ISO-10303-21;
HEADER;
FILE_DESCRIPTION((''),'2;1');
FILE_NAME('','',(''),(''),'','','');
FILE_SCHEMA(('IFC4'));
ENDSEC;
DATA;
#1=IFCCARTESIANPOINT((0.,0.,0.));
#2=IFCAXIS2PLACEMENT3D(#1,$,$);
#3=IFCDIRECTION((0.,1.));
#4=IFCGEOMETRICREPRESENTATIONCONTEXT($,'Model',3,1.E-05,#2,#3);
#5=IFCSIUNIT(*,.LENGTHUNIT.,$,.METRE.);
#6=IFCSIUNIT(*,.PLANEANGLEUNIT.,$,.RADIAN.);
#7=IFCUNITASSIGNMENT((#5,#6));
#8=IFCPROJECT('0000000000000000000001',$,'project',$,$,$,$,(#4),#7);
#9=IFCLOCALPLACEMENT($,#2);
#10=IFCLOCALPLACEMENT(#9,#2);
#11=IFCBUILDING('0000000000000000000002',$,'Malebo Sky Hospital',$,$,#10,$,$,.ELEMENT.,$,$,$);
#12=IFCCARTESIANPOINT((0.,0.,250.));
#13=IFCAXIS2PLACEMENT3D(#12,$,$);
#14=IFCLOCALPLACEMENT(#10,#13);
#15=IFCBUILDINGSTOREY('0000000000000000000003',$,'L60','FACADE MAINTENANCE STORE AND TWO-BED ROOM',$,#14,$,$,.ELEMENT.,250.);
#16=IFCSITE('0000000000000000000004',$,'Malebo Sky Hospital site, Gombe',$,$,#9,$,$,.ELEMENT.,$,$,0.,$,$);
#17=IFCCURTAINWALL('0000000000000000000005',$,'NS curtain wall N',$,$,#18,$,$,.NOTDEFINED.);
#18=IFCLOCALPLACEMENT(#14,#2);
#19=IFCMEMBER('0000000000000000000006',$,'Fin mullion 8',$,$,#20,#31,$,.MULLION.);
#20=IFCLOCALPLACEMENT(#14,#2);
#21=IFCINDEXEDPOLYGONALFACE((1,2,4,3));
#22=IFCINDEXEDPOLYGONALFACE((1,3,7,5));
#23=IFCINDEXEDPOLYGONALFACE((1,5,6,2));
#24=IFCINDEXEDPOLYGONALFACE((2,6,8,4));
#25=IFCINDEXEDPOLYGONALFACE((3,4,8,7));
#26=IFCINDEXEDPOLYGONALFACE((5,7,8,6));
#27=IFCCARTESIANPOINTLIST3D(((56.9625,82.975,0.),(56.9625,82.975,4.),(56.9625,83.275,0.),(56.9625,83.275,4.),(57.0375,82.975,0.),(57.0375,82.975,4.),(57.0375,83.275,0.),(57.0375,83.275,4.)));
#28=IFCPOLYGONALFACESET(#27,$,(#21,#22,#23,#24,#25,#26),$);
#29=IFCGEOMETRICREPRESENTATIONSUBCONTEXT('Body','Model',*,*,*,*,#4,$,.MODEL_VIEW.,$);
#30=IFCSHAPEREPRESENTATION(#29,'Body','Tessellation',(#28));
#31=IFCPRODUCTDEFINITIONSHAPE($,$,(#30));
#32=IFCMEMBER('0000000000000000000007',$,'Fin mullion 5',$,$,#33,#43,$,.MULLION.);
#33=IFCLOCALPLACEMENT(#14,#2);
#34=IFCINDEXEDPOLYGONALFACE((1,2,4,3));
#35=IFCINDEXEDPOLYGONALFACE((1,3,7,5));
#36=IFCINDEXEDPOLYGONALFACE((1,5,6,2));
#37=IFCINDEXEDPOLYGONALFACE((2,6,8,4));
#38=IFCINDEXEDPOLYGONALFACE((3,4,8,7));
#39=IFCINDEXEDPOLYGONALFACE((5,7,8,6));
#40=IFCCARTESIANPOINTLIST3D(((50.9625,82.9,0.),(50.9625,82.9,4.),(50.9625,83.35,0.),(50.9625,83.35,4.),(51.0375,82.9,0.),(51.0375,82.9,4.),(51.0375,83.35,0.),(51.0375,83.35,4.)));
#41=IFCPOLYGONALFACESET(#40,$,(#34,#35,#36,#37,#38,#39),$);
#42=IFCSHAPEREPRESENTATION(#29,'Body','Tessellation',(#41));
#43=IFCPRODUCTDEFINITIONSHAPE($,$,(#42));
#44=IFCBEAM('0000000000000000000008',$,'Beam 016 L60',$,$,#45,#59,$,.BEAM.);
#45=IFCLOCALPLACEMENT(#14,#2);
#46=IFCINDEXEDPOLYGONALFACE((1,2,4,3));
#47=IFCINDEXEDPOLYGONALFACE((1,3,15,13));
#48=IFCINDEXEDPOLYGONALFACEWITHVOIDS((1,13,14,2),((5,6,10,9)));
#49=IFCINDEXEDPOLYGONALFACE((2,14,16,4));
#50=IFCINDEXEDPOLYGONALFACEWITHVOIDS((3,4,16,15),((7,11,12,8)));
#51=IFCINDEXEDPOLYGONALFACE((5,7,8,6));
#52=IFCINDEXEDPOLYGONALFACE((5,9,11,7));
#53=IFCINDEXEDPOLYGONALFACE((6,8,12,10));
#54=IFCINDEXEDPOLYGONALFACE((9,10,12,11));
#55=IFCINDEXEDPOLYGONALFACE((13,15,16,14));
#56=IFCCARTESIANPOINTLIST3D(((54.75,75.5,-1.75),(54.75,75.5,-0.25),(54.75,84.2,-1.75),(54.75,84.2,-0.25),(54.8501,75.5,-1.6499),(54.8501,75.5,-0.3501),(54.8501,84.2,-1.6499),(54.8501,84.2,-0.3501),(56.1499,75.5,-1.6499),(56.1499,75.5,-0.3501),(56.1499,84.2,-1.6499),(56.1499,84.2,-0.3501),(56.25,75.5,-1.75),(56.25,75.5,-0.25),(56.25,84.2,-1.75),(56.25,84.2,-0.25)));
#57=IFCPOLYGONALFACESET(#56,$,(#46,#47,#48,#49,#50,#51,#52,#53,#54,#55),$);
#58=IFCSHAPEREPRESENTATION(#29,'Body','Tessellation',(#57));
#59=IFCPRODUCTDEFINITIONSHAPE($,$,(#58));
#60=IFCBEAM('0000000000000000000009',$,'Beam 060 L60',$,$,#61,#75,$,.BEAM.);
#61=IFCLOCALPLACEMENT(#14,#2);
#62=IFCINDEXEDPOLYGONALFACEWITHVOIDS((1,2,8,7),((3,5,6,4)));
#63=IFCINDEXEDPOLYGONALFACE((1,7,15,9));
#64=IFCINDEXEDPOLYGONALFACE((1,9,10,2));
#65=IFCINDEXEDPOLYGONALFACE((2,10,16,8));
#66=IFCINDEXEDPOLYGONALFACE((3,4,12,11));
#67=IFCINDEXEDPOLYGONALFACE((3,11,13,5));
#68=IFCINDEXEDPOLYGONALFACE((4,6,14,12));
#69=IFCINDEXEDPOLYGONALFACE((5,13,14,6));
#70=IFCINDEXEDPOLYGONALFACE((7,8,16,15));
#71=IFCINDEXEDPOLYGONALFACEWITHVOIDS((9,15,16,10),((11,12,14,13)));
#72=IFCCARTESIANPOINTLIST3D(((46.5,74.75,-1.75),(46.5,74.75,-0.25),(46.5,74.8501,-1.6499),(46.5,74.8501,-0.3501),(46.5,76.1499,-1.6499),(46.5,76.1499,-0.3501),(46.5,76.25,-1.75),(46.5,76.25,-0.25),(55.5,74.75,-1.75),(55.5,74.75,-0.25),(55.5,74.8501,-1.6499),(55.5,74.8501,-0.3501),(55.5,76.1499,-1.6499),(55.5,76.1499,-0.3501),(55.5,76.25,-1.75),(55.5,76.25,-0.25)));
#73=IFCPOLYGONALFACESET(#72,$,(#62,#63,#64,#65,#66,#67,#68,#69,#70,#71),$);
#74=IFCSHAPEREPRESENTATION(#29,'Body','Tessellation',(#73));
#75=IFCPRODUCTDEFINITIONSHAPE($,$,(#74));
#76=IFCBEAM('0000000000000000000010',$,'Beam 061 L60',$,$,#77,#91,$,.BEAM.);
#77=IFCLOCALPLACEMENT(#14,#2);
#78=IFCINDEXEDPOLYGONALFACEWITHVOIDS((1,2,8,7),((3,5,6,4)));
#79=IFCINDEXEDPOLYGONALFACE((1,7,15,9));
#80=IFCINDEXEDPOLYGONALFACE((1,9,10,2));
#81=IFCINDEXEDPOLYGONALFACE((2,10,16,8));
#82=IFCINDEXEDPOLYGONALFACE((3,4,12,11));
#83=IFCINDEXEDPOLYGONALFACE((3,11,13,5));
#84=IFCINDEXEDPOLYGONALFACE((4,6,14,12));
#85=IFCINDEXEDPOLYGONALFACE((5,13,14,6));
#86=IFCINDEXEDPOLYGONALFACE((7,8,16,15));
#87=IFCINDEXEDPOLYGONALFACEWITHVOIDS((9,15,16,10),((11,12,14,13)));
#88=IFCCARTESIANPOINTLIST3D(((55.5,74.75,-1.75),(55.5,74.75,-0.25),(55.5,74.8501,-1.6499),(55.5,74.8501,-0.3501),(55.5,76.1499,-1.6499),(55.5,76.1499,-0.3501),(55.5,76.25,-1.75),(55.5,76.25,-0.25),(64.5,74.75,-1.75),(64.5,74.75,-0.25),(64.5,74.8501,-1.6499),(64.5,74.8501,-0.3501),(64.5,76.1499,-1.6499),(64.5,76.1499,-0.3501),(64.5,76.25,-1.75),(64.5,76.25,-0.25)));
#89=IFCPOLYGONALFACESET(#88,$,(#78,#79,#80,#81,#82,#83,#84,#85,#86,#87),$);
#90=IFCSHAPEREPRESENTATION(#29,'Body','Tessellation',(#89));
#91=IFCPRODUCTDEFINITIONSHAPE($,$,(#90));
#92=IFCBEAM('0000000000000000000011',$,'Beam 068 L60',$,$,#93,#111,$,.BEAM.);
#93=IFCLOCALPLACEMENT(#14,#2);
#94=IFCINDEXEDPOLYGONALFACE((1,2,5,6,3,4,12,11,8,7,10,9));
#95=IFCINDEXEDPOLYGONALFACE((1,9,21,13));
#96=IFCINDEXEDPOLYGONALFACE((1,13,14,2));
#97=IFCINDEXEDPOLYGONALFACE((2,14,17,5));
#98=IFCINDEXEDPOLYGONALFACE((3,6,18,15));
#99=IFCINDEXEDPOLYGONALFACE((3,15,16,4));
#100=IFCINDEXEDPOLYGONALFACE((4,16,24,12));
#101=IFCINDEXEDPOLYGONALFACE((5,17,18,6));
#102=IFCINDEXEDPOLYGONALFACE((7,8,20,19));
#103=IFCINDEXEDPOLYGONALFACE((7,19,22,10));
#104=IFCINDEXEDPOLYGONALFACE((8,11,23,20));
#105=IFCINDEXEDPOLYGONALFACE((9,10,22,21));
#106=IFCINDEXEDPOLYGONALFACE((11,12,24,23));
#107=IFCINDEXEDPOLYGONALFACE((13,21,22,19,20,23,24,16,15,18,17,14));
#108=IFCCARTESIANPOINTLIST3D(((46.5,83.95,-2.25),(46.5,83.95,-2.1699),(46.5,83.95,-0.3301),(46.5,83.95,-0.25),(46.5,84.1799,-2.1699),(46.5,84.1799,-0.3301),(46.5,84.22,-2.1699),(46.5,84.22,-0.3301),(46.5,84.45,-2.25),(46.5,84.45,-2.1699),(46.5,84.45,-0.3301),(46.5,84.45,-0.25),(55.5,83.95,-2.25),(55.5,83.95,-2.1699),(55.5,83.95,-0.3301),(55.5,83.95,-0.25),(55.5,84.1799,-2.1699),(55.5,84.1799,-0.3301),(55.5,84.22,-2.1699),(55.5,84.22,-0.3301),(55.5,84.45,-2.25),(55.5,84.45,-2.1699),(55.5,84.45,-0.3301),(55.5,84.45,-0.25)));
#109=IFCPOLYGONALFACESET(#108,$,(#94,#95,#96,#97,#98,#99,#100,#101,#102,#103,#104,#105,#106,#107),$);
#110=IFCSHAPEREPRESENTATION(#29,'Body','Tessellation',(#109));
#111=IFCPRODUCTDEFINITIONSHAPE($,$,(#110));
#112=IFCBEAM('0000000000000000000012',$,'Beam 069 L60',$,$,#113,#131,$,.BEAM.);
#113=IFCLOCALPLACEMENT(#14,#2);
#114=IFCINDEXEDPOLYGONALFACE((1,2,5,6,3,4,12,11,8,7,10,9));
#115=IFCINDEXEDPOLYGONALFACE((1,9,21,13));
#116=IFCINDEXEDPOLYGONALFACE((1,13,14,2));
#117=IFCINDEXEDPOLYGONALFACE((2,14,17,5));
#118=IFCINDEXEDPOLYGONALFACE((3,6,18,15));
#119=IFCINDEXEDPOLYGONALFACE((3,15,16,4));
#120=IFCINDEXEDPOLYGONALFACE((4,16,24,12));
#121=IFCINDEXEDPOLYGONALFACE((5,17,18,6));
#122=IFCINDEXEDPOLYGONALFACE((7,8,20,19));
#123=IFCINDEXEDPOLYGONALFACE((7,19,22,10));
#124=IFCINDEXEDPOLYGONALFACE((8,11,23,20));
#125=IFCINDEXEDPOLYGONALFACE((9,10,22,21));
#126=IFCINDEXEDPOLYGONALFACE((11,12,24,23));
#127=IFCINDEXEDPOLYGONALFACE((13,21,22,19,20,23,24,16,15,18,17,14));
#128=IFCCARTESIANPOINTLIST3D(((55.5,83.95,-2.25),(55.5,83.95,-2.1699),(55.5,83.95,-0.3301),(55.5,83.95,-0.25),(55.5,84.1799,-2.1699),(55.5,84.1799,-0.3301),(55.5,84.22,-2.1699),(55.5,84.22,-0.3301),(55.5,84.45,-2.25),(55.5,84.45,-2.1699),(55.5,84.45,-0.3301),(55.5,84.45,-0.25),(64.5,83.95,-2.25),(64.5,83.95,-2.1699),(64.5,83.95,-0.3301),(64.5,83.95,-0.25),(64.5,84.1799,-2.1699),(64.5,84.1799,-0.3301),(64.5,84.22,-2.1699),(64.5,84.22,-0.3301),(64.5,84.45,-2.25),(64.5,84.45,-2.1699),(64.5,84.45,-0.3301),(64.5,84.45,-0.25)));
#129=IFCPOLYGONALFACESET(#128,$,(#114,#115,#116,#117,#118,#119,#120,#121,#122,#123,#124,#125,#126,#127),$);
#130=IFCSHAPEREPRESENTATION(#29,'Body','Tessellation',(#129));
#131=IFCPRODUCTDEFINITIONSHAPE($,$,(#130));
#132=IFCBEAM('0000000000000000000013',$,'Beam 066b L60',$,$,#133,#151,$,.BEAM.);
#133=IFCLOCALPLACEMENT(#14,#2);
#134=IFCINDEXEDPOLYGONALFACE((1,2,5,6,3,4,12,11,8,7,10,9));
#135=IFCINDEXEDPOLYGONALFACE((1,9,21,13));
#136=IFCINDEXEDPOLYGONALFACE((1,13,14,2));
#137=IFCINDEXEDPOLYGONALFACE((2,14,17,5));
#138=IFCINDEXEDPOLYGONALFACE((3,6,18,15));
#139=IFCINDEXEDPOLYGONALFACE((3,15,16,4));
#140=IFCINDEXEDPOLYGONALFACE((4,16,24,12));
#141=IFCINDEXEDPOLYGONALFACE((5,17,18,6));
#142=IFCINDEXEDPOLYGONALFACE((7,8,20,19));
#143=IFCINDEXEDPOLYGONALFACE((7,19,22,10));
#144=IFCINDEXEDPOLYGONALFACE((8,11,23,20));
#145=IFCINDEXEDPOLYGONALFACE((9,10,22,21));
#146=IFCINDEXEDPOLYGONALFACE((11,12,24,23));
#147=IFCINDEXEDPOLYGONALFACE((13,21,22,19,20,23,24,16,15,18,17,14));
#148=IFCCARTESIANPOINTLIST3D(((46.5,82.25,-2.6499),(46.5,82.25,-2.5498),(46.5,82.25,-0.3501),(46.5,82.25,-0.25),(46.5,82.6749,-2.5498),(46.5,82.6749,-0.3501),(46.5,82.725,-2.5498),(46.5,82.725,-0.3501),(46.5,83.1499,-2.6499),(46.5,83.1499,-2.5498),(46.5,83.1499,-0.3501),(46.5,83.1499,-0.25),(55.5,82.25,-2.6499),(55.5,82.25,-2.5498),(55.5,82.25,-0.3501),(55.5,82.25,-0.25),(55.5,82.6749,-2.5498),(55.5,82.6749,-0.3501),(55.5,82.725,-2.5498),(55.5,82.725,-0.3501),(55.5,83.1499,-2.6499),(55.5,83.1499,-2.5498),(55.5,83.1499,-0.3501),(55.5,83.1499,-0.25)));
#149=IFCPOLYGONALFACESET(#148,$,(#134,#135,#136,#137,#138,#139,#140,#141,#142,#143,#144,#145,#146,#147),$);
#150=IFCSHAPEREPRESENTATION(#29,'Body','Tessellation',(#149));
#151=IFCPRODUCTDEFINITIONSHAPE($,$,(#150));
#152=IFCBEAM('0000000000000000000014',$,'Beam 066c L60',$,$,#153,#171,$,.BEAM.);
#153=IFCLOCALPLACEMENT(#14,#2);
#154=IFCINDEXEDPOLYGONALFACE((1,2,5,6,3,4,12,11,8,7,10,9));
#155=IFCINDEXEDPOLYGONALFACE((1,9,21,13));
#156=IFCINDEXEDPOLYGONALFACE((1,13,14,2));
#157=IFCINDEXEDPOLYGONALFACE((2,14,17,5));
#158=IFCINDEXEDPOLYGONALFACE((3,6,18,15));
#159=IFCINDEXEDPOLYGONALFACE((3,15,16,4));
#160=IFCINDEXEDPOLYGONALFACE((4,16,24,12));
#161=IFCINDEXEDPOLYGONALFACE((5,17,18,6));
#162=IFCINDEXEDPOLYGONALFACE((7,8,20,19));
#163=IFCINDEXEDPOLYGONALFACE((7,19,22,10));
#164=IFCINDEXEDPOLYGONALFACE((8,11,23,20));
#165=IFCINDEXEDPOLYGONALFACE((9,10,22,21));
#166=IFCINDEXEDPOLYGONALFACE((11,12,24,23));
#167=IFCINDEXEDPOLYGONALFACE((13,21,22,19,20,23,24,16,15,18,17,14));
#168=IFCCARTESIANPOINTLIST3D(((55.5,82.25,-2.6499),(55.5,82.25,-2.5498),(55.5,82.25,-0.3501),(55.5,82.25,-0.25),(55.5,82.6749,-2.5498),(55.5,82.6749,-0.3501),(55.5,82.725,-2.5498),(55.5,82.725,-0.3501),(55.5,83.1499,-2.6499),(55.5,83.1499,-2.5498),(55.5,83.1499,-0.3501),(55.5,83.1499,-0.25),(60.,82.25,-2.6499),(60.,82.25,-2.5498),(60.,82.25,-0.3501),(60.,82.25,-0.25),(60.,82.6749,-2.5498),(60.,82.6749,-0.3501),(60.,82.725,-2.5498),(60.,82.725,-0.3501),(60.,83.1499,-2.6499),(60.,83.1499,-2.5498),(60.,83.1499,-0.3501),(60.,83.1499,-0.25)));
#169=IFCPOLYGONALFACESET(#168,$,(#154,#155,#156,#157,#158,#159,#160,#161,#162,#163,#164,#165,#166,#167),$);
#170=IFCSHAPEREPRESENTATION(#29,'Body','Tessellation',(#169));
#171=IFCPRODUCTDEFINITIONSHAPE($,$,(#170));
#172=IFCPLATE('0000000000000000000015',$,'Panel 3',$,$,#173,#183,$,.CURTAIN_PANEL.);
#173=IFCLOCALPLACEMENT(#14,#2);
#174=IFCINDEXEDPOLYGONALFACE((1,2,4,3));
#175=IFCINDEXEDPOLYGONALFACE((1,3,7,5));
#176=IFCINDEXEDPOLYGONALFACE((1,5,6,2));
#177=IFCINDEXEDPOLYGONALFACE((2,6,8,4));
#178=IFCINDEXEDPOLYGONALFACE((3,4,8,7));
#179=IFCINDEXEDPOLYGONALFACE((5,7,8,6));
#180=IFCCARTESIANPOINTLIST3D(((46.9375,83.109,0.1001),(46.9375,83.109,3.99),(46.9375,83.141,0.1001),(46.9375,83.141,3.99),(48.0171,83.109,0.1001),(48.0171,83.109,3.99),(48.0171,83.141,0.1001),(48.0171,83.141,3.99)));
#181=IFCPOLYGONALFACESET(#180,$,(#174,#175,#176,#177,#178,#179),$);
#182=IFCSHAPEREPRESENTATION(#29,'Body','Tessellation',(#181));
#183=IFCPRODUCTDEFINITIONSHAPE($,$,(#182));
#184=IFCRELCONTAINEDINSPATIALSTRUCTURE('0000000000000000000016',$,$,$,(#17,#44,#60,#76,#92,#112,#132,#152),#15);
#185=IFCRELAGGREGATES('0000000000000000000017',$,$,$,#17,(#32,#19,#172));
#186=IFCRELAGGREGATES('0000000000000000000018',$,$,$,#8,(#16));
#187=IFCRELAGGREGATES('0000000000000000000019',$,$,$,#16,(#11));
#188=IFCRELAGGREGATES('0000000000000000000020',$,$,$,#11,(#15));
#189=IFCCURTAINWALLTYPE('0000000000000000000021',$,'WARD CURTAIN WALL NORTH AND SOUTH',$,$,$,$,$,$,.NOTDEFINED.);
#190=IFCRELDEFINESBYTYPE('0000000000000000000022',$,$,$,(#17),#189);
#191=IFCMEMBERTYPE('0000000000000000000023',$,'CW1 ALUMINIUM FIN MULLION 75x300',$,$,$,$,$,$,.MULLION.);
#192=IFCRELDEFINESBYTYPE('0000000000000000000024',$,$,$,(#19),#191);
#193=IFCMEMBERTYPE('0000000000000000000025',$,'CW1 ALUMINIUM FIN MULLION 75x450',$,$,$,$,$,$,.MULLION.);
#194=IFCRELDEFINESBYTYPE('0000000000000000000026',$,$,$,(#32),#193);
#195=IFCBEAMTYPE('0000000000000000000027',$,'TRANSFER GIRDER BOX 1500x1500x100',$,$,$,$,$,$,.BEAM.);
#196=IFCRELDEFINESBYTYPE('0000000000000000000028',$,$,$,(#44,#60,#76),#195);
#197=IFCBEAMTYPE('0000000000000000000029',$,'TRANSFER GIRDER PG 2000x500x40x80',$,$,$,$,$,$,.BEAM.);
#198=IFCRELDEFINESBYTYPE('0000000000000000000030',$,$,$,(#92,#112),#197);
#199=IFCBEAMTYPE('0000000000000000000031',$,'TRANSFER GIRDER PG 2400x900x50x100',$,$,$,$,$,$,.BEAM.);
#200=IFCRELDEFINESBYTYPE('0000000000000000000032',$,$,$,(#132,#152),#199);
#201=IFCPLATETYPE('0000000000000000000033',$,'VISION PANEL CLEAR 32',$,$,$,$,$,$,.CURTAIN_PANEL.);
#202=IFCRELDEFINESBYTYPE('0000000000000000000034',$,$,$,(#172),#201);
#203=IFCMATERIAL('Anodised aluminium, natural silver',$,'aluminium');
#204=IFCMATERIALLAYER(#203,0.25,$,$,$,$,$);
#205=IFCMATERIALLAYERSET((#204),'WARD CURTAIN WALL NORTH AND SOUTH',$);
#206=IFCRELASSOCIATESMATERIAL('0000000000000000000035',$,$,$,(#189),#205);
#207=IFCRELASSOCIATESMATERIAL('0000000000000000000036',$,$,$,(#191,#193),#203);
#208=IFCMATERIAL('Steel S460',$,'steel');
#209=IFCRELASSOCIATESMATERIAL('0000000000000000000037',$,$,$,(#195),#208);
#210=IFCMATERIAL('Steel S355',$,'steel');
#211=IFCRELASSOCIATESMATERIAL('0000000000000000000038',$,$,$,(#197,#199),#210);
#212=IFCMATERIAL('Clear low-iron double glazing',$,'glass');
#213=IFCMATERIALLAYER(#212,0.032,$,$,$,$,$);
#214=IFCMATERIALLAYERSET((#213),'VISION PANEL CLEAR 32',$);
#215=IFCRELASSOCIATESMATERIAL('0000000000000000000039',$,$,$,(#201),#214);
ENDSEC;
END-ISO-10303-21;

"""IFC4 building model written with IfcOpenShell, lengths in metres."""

from ifc_helpers import new_model, si_unit, direction, frame, origin, origin_2d, place, context, subcontext, project, spatial, rectangle, hollow_rectangle, i_section, extrude, material, layer, layer_set, material_profile, profile_set, type_object, element, aggregate, save


model = new_model("IFC4")

# Units and contexts
model_context = context("Model", 3, precision=1e-05, world=origin(), true_north=direction((0.0, 1.0)))
body_context = subcontext(model_context, "Body", "Model", "MODEL_VIEW")
ifc_project = project(units=[si_unit("LENGTHUNIT", "METRE"), si_unit("PLANEANGLEUNIT", "RADIAN")], contexts=[model_context])

# Site, building, storey
site_placement = place(None, origin())
site = spatial("IfcSite", under=ifc_project, at=site_placement, Name="Malebo Sky Hospital site, Gombe", CompositionType="ELEMENT", RefElevation=0.0)
building_placement = place(site_placement, origin())
building = spatial("IfcBuilding", under=site, at=building_placement, Name="Malebo Sky Hospital", CompositionType="ELEMENT")
storey_placement = place(building_placement, frame((0.0, 0.0, 250.0)))
storey = spatial("IfcBuildingStorey", under=building, at=storey_placement, Name="L60", Description="FACADE MAINTENANCE STORE AND TWO-BED ROOM", CompositionType="ELEMENT", Elevation=250.0)

# Shared definitions
ifc_material_1 = material(Name="Steel S460", Category="steel")

# Curtain wall, members
ifc_material_2 = material(Name="Anodised aluminium, natural silver", Category="aluminium")
ifc_layer_1 = layer(ifc_material_2, 0.25)
ifc_layer_set_1 = layer_set([ifc_layer_1], Name="WARD CURTAIN WALL NORTH AND SOUTH")
curtain_wall_type = type_object("IfcCurtainWallType", Name="WARD CURTAIN WALL NORTH AND SOUTH", PredefinedType="NOTDEFINED", material=ifc_layer_set_1)
curtain_wall_placement = place(storey_placement, origin())
curtain_wall = element("IfcCurtainWall", 1, at=curtain_wall_placement, inside=storey, type_object=curtain_wall_type, Name="NS curtain wall N", PredefinedType="NOTDEFINED")
ifc_material_profile_1 = material_profile(ifc_material_2, rectangle(XDim=0.075, YDim=0.3, at=origin_2d()), Name="CW1 ALUMINIUM FIN MULLION 75x300")
ifc_profile_set_1 = profile_set([ifc_material_profile_1], Name="Anodised aluminium, natural silver")
member_type_1 = type_object("IfcMemberType", Name="CW1 ALUMINIUM FIN MULLION 75x300", PredefinedType="MULLION", material=ifc_profile_set_1)
member_1_placement = place(storey_placement, frame((57.0, 83.125, 0.0), z_axis=(0.0, 0.0, 1.0), x_axis=(1.0, 0.0, 0.0)))
member_1 = element("IfcMember", 2, at=member_1_placement, type_object=member_type_1, Name="Fin mullion 8", PredefinedType="MULLION", context=body_context, shape_type="SweptSolid", body=[
    extrude(rectangle(XDim=0.075, YDim=0.3, at=origin_2d()), origin(), (0.0, 0.0, 1.0), 4.0),
])
ifc_material_profile_2 = material_profile(ifc_material_2, rectangle(XDim=0.075, YDim=0.45, at=origin_2d()), Name="CW1 ALUMINIUM FIN MULLION 75x450")
ifc_profile_set_2 = profile_set([ifc_material_profile_2], Name="Anodised aluminium, natural silver")
member_type_2 = type_object("IfcMemberType", Name="CW1 ALUMINIUM FIN MULLION 75x450", PredefinedType="MULLION", material=ifc_profile_set_2)
member_2_placement = place(storey_placement, frame((51.0, 83.125, 0.0), z_axis=(0.0, 0.0, 1.0), x_axis=(1.0, 0.0, 0.0)))
member_2 = element("IfcMember", 3, at=member_2_placement, type_object=member_type_2, Name="Fin mullion 5", PredefinedType="MULLION", context=body_context, shape_type="SweptSolid", body=[
    extrude(rectangle(XDim=0.075, YDim=0.45, at=origin_2d()), origin(), (0.0, 0.0, 1.0), 4.0),
])

# Beams
ifc_material_profile_3 = material_profile(ifc_material_1, hollow_rectangle(XDim=1.5, YDim=1.5, WallThickness=0.1001, at=origin_2d()), Name="BOX 1500x1500x100")
ifc_profile_set_3 = profile_set([ifc_material_profile_3], Name="Steel S460")
beam_type_1 = type_object("IfcBeamType", Name="TRANSFER GIRDER BOX 1500x1500x100", PredefinedType="BEAM", material=ifc_profile_set_3)
beam_1_placement = place(storey_placement, frame((55.5, 75.5, -1.0), z_axis=(0.0, 1.0, 0.0), x_axis=(-1.0, 0.0, 0.0)))
element("IfcBeam", 4, at=beam_1_placement, inside=storey, type_object=beam_type_1, Name="Beam 016 L60", PredefinedType="BEAM", context=body_context, shape_type="SweptSolid", body=[
    extrude(hollow_rectangle(XDim=1.5, YDim=1.5, WallThickness=0.1001, at=origin_2d()), origin(), (0.0, 0.0, 1.0), 8.7),
])
for number, where, z_axis, x_axis, name in (
    (5, (46.5, 75.5, -1.0), (1.0, 0.0, 0.0), (0.0, 1.0, 0.0), "Beam 060 L60"),
    (6, (55.5, 75.5, -1.0), (1.0, 0.0, 0.0), (0.0, 1.0, 0.0), "Beam 061 L60"),
):
    element("IfcBeam", number, at=place(storey_placement, frame(where, z_axis=z_axis, x_axis=x_axis)), inside=storey, type_object=beam_type_1, Name=name, PredefinedType="BEAM", context=body_context, shape_type="SweptSolid", body=[
        extrude(hollow_rectangle(XDim=1.5, YDim=1.5, WallThickness=0.1001, at=origin_2d()), origin(), (0.0, 0.0, 1.0), 9.0),
    ])
ifc_material_3 = material(Name="Steel S355", Category="steel")
ifc_material_profile_4 = material_profile(ifc_material_3, i_section(OverallWidth=0.5, OverallDepth=2.0, WebThickness=0.04, FlangeThickness=0.0801, at=origin_2d()), Name="PG 2000x500x40x80")
ifc_profile_set_4 = profile_set([ifc_material_profile_4], Name="Steel S355")
beam_type_2 = type_object("IfcBeamType", Name="TRANSFER GIRDER PG 2000x500x40x80", PredefinedType="BEAM", material=ifc_profile_set_4)
for number, where, z_axis, x_axis, name in (
    (7, (46.5, 84.2, -1.25), (1.0, 0.0, 0.0), (0.0, 1.0, 0.0), "Beam 068 L60"),
    (8, (55.5, 84.2, -1.25), (1.0, 0.0, 0.0), (0.0, 1.0, 0.0), "Beam 069 L60"),
):
    element("IfcBeam", number, at=place(storey_placement, frame(where, z_axis=z_axis, x_axis=x_axis)), inside=storey, type_object=beam_type_2, Name=name, PredefinedType="BEAM", context=body_context, shape_type="SweptSolid", body=[
        extrude(i_section(OverallWidth=0.5, OverallDepth=2.0, WebThickness=0.04, FlangeThickness=0.0801, at=origin_2d()), origin(), (0.0, 0.0, 1.0), 9.0),
    ])
ifc_material_profile_5 = material_profile(ifc_material_3, i_section(OverallWidth=0.8999, OverallDepth=2.3999, WebThickness=0.05, FlangeThickness=0.1001, at=origin_2d()), Name="PG 2400x900x50x100")
ifc_profile_set_5 = profile_set([ifc_material_profile_5], Name="Steel S355")
beam_type_3 = type_object("IfcBeamType", Name="TRANSFER GIRDER PG 2400x900x50x100", PredefinedType="BEAM", material=ifc_profile_set_5)
beam_2_placement = place(storey_placement, frame((46.5, 82.7, -1.45), z_axis=(1.0, 0.0, 0.0), x_axis=(0.0, 1.0, 0.0)))
element("IfcBeam", 9, at=beam_2_placement, inside=storey, type_object=beam_type_3, Name="Beam 066b L60", PredefinedType="BEAM", context=body_context, shape_type="SweptSolid", body=[
    extrude(i_section(OverallWidth=0.8999, OverallDepth=2.3999, WebThickness=0.05, FlangeThickness=0.1001, at=origin_2d()), origin(), (0.0, 0.0, 1.0), 9.0),
])
beam_3_placement = place(storey_placement, frame((55.5, 82.7, -1.45), z_axis=(1.0, 0.0, 0.0), x_axis=(0.0, 1.0, 0.0)))
element("IfcBeam", 10, at=beam_3_placement, inside=storey, type_object=beam_type_3, Name="Beam 066c L60", PredefinedType="BEAM", context=body_context, shape_type="SweptSolid", body=[
    extrude(i_section(OverallWidth=0.8999, OverallDepth=2.3999, WebThickness=0.05, FlangeThickness=0.1001, at=origin_2d()), origin(), (0.0, 0.0, 1.0), 4.5),
])

# Plate
ifc_material_4 = material(Name="Clear low-iron double glazing", Category="glass")
ifc_layer_2 = layer(ifc_material_4, 0.032)
ifc_layer_set_2 = layer_set([ifc_layer_2], Name="VISION PANEL CLEAR 32")
plate_type = type_object("IfcPlateType", Name="VISION PANEL CLEAR 32", PredefinedType="CURTAIN_PANEL", material=ifc_layer_set_2)
plate_1_placement = place(storey_placement, frame((47.4773, 83.125, 0.1001), z_axis=(0.0, 0.0, 1.0), x_axis=(1.0, 0.0, 0.0)))
plate_1 = element("IfcPlate", 11, at=plate_1_placement, type_object=plate_type, Name="Panel 3", PredefinedType="CURTAIN_PANEL", context=body_context, shape_type="SweptSolid", body=[
    extrude(rectangle(XDim=1.0796, YDim=0.032, at=origin_2d()), origin(), (0.0, 0.0, 1.0), 3.8899),
])
aggregate(curtain_wall, [member_2, member_1, plate_1])

save(model, "model.ifc")
